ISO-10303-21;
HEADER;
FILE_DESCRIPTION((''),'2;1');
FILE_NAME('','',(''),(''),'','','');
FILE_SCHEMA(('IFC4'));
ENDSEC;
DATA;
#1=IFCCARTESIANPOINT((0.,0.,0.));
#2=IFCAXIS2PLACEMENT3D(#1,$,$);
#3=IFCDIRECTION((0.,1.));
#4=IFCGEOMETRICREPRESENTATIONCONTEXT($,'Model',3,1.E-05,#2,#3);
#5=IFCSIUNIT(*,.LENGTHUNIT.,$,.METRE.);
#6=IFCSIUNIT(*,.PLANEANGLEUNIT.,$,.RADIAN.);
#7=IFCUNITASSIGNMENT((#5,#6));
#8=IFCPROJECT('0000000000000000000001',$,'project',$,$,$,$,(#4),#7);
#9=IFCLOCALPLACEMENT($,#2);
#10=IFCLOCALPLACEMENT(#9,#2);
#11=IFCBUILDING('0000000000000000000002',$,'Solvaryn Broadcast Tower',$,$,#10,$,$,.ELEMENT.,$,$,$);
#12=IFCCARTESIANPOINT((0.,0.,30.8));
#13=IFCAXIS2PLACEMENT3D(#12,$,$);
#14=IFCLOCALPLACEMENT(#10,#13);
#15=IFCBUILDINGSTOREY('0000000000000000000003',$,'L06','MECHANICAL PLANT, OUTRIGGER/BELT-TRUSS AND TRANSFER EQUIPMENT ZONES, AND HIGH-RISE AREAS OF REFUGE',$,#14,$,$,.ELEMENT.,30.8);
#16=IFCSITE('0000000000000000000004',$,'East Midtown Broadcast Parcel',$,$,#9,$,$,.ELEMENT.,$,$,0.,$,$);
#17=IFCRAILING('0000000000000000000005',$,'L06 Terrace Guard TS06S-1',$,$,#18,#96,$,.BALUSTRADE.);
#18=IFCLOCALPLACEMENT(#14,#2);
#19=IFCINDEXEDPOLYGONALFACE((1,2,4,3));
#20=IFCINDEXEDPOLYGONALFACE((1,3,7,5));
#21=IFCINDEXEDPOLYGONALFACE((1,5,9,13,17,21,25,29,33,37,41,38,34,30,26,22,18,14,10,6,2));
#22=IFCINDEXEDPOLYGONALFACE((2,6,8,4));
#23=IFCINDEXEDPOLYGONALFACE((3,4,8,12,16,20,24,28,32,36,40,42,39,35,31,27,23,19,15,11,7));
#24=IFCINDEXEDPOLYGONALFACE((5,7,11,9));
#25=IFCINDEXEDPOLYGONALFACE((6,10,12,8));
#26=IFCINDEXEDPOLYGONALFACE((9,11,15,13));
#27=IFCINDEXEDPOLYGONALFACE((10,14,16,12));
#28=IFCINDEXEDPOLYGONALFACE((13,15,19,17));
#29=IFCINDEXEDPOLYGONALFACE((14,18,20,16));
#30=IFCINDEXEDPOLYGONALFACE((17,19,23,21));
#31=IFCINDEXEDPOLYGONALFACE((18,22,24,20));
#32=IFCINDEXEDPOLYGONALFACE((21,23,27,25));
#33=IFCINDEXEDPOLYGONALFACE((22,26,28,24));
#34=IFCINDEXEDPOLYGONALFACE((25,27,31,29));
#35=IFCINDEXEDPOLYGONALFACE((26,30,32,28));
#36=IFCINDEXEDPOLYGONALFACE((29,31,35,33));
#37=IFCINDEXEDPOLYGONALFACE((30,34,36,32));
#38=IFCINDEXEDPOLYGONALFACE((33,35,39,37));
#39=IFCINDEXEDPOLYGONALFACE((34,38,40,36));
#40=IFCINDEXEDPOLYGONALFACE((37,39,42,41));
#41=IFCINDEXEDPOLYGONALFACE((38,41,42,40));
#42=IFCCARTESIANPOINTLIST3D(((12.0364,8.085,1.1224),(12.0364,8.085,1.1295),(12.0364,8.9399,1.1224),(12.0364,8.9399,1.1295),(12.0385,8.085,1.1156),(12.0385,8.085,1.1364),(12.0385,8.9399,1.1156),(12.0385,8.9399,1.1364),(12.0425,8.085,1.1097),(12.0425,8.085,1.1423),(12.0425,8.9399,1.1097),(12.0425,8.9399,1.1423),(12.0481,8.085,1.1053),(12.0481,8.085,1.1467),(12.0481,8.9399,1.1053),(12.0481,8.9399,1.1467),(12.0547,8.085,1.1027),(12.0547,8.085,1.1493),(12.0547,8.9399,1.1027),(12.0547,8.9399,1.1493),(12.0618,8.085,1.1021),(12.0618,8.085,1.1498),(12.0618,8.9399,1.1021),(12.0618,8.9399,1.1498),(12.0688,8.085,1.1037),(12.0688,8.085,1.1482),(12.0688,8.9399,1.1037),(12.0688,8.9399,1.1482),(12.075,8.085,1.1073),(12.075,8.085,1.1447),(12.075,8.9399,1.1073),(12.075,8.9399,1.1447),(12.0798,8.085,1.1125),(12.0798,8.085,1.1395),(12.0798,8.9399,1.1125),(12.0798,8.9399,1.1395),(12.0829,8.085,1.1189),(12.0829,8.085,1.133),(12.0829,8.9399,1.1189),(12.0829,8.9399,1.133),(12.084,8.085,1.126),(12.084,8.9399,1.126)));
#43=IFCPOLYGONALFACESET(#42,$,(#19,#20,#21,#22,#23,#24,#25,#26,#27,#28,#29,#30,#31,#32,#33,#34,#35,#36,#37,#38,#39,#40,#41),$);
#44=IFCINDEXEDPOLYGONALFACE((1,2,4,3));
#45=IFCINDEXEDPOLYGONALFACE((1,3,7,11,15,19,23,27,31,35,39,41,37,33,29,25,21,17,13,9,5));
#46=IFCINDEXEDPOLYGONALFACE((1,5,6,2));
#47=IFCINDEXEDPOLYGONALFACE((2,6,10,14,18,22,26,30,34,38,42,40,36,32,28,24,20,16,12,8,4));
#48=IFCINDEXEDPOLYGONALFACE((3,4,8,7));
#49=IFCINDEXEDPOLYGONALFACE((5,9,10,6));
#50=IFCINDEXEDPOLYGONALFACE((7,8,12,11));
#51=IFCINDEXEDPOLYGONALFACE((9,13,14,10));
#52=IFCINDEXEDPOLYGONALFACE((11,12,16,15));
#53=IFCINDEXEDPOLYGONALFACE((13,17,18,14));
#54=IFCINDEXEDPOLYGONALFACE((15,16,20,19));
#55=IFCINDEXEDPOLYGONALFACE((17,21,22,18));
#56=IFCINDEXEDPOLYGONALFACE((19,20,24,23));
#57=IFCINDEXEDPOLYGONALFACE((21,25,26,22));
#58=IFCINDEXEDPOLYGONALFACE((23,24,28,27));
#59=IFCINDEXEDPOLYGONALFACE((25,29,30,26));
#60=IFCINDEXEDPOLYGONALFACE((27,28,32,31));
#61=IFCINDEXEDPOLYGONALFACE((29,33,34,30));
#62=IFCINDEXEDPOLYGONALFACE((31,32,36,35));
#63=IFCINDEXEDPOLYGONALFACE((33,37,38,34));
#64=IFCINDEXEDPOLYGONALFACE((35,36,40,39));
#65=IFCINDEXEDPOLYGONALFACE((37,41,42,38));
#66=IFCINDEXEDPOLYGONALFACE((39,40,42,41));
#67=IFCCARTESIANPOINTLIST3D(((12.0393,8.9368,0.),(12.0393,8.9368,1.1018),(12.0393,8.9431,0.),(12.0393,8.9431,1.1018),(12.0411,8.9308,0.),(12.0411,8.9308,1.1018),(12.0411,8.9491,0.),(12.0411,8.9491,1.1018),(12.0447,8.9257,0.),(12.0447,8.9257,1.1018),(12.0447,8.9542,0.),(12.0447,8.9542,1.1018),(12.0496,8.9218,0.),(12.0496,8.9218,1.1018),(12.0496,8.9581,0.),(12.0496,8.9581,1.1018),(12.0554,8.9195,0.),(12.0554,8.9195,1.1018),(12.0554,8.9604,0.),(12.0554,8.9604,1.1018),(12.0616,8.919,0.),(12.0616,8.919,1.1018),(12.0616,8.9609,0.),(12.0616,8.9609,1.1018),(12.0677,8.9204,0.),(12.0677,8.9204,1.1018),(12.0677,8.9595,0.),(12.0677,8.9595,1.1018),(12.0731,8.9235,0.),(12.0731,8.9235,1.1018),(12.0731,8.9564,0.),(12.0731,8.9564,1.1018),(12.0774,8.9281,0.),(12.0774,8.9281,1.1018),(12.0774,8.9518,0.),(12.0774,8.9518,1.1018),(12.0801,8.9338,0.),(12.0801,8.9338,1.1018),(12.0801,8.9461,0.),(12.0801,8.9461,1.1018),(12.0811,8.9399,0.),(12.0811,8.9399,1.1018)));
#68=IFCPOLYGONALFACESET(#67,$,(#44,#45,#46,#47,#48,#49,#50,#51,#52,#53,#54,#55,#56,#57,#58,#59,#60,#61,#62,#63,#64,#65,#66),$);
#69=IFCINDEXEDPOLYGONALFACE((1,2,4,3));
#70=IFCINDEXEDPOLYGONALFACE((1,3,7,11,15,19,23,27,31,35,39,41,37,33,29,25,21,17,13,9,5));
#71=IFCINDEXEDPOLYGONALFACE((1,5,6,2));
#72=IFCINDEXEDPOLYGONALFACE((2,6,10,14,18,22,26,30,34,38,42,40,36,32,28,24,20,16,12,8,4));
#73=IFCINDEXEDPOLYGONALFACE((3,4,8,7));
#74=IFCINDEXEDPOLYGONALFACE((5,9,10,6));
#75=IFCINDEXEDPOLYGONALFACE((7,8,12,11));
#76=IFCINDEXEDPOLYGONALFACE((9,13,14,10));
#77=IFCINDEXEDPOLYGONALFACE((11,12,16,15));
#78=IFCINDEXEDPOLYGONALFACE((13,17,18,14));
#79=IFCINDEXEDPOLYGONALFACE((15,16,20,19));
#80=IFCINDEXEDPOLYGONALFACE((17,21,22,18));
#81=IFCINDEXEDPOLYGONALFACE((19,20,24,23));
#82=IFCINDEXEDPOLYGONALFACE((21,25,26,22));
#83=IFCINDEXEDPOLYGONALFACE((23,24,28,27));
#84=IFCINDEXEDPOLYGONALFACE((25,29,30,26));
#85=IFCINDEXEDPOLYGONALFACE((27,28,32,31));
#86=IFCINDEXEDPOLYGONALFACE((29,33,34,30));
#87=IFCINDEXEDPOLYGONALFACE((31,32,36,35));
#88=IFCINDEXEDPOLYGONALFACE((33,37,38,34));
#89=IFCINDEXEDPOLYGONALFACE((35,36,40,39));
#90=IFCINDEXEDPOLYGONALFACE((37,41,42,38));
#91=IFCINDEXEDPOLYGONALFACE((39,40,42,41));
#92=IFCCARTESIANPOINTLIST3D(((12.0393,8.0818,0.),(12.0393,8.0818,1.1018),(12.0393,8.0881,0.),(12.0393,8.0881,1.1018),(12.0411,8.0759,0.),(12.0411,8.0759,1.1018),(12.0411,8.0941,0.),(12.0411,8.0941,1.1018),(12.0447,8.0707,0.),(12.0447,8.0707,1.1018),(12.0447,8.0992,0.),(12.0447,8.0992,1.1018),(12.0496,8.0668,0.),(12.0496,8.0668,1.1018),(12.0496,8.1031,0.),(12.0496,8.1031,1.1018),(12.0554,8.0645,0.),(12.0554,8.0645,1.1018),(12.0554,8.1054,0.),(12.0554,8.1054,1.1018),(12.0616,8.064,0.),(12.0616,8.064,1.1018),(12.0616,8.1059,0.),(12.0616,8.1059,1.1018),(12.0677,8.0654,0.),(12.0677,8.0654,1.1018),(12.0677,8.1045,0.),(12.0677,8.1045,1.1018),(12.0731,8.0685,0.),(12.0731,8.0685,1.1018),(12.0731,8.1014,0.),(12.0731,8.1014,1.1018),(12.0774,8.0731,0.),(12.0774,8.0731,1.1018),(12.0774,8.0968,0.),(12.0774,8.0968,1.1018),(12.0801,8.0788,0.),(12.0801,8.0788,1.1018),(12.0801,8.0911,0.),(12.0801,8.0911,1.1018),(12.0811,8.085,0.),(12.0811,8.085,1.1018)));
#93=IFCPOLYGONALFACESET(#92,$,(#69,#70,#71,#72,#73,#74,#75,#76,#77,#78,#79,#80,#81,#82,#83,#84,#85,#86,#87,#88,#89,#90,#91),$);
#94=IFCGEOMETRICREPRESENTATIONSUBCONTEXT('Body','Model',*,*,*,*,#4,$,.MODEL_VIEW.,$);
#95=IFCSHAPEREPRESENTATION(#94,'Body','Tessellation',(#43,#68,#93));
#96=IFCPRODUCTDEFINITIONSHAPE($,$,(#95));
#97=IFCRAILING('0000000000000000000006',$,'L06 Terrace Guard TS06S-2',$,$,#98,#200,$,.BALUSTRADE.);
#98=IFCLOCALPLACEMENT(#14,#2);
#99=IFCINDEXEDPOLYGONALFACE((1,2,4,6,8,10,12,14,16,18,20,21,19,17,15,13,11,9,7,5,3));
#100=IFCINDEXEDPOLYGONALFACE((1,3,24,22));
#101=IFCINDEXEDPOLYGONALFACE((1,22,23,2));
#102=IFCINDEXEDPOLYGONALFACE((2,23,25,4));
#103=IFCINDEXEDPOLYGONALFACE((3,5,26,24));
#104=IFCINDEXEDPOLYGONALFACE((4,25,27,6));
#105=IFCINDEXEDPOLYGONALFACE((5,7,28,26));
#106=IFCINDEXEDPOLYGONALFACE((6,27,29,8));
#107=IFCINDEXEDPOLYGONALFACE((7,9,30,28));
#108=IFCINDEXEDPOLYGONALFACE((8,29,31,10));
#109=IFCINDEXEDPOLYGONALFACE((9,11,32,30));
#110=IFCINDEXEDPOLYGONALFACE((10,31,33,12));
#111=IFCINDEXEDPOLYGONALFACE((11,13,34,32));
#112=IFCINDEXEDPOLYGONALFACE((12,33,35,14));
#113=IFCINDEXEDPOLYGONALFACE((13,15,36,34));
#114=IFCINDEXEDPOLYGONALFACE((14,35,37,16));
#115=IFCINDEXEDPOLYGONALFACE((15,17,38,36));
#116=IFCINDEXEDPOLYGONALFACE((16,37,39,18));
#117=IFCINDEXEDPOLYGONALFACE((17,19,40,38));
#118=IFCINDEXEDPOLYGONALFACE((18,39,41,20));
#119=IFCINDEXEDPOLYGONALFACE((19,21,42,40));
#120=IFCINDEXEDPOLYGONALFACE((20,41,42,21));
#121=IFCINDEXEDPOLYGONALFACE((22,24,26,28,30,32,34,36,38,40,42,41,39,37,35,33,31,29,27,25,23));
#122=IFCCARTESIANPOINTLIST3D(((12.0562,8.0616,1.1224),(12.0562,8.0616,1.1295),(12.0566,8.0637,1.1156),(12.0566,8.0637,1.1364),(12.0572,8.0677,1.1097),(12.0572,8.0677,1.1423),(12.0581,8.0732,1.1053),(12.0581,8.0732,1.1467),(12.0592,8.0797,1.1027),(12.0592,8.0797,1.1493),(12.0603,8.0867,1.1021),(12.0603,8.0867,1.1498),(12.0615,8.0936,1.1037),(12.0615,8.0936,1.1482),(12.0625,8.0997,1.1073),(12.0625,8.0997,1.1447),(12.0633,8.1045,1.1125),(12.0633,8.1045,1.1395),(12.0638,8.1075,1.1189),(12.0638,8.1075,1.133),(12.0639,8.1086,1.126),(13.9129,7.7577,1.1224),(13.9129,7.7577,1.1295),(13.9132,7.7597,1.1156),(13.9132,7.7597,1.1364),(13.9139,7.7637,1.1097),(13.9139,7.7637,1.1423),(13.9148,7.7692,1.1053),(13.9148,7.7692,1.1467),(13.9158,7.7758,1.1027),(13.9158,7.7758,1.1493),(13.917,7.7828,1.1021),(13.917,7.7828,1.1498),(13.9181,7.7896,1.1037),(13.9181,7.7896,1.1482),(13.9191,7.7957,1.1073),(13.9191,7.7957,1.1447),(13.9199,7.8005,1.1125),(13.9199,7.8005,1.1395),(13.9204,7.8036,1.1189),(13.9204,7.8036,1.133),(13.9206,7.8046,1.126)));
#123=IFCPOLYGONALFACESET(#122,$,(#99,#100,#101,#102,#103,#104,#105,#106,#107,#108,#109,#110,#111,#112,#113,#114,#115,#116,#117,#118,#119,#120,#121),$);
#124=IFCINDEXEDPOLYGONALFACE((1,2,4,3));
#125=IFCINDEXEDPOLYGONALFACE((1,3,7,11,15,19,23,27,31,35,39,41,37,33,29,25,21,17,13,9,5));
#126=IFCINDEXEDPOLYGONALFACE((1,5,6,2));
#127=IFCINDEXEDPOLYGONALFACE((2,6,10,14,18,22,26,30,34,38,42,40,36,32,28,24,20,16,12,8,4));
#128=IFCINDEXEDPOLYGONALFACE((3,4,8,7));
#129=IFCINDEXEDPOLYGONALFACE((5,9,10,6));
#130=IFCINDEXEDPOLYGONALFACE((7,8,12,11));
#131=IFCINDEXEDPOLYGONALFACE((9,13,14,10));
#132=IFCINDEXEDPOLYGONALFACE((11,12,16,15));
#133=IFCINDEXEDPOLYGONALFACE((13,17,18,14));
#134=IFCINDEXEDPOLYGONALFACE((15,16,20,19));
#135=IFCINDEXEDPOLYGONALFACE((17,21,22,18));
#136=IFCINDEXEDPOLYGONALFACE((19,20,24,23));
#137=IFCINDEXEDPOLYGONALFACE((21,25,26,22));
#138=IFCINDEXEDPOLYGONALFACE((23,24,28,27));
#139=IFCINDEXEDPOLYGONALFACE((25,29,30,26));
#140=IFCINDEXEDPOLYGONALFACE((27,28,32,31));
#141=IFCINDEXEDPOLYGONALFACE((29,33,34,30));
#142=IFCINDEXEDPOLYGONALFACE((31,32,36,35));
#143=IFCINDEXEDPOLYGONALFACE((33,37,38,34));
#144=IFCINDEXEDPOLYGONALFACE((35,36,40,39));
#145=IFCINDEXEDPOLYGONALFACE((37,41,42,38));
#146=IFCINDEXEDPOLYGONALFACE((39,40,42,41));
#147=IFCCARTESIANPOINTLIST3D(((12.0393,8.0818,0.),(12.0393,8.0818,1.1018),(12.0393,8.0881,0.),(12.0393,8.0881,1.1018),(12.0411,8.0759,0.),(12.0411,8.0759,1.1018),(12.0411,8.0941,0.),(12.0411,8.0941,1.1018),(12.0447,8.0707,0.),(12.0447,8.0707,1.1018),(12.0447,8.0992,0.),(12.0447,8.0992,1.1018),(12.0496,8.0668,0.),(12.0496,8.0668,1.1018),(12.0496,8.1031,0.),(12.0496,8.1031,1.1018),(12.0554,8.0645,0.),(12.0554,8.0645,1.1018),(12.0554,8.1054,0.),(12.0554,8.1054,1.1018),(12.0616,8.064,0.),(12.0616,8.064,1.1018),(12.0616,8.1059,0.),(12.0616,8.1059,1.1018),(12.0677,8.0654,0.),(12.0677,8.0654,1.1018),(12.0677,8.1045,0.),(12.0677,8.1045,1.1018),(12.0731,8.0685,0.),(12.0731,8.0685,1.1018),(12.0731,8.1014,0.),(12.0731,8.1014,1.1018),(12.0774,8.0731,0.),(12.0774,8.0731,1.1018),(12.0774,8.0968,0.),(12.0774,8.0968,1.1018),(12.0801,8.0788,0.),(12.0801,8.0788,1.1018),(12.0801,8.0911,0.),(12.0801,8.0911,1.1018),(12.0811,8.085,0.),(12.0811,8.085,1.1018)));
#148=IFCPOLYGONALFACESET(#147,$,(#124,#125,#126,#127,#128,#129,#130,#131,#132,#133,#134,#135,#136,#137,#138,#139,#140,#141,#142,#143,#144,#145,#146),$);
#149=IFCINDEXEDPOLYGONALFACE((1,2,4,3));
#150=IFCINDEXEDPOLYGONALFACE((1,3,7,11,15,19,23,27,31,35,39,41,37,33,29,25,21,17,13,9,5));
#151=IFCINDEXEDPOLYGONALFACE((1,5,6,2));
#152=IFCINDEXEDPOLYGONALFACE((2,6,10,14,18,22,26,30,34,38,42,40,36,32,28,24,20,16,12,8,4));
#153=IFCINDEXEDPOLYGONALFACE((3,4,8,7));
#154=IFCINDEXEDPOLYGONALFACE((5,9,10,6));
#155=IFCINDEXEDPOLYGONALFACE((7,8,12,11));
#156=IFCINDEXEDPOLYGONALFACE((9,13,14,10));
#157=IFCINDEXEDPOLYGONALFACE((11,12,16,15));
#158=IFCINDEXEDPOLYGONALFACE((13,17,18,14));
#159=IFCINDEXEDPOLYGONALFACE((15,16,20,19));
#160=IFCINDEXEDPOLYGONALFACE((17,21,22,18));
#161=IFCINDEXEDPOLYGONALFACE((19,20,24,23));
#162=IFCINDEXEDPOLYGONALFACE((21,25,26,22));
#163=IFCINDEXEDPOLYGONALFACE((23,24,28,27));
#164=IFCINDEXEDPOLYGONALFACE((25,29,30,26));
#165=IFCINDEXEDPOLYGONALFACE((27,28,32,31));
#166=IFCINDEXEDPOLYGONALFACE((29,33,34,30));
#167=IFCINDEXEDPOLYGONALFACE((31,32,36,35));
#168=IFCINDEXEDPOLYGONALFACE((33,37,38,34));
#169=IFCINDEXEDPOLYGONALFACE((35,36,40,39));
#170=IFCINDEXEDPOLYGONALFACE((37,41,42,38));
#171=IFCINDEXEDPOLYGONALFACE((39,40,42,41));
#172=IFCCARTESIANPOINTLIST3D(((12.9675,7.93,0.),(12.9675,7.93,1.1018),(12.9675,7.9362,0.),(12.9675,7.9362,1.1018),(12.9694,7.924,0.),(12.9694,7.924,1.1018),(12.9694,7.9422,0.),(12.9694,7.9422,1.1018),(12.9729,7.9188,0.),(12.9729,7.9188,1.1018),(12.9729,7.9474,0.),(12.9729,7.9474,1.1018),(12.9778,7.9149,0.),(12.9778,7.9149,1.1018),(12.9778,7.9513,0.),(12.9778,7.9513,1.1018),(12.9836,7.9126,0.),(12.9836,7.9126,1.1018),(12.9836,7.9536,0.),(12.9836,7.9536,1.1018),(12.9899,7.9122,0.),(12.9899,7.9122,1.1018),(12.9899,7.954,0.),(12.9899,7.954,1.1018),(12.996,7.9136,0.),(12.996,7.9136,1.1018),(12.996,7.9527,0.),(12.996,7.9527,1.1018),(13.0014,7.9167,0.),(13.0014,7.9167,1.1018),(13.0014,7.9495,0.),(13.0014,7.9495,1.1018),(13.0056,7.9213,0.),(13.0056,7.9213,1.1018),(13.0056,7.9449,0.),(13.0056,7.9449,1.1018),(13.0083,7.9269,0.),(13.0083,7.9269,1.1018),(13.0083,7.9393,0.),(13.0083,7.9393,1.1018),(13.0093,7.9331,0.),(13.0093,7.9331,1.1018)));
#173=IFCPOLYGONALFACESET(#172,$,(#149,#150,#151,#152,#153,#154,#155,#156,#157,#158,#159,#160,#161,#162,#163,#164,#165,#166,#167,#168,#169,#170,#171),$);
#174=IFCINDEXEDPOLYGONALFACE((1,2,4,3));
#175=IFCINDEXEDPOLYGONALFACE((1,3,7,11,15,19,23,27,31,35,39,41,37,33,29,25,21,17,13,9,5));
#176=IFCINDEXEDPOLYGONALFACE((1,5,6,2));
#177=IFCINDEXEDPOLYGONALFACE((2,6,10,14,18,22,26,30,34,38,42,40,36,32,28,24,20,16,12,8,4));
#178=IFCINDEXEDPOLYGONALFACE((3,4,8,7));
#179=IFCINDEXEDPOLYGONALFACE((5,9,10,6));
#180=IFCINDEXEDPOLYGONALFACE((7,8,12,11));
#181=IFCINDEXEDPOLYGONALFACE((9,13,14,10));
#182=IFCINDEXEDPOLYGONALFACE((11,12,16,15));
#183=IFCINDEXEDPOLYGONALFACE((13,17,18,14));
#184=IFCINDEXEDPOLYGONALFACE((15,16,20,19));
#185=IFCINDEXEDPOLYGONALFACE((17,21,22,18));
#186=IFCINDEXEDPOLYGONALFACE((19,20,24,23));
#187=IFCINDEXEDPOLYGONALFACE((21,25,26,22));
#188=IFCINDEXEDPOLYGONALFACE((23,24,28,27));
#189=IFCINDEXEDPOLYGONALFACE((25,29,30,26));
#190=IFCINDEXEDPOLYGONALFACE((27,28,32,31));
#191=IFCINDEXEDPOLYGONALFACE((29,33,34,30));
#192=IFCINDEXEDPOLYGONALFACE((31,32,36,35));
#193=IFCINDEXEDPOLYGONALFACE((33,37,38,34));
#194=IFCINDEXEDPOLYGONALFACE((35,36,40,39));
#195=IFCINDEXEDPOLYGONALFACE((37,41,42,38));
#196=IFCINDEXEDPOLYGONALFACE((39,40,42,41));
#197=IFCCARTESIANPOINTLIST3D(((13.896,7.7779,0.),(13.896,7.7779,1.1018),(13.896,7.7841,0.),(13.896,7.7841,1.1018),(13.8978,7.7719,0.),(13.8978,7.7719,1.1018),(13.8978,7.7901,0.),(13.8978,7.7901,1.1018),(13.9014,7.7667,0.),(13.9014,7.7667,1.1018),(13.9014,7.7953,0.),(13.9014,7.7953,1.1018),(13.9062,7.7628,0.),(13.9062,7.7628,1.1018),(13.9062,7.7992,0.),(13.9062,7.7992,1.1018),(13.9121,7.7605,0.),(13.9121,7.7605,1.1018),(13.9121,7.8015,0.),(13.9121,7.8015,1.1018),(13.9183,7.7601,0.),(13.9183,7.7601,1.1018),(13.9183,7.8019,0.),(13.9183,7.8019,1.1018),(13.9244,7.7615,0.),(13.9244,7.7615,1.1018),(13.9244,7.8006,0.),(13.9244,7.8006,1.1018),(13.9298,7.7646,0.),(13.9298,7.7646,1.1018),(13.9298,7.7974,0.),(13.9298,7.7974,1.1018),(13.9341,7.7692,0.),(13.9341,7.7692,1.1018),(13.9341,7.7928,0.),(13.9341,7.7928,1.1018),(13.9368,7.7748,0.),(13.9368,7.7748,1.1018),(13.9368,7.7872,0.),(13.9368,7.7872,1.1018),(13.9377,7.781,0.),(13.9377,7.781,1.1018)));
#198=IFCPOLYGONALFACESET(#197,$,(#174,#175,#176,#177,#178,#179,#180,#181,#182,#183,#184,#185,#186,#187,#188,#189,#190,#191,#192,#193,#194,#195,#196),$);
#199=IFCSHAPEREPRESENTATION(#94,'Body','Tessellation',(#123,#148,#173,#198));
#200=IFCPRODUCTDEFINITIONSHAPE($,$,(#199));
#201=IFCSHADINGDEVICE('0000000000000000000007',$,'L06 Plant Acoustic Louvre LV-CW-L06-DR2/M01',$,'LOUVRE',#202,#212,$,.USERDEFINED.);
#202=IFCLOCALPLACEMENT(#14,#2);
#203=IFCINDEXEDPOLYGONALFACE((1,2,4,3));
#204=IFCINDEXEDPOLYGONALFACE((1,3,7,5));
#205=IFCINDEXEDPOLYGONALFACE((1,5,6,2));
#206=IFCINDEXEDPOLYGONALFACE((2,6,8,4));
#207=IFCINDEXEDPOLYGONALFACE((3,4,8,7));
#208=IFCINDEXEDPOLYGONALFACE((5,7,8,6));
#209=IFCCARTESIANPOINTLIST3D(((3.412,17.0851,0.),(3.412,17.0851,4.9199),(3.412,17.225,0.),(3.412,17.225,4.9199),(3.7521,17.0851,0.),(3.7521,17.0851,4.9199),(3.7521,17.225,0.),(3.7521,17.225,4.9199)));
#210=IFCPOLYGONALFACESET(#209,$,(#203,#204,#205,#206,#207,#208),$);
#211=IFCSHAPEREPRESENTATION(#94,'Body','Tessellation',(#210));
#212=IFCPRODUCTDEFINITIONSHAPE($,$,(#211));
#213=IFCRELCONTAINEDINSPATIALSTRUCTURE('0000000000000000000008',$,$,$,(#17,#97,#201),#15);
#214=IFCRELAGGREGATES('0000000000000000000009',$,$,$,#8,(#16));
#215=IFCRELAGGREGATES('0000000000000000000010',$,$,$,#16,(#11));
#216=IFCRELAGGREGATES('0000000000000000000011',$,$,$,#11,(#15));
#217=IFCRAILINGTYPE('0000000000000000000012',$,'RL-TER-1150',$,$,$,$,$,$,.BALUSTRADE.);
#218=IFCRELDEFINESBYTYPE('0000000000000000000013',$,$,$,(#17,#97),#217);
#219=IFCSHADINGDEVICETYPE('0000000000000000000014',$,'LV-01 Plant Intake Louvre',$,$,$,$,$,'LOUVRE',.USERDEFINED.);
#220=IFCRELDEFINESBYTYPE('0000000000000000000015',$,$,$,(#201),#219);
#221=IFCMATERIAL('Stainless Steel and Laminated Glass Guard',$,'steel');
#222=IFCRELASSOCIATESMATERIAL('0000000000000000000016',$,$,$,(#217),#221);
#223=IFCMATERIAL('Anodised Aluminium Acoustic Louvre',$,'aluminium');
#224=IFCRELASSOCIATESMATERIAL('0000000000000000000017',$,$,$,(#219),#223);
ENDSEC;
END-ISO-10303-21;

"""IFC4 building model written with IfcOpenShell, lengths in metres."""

from ifc_helpers import new_model, si_unit, direction, frame, origin, origin_2d, place, context, subcontext, project, spatial, rectangle, circle, extrude, material, type_object, element, save


model = new_model("IFC4")

# Units and contexts
model_context = context("Model", 3, precision=1e-05, world=origin(), true_north=direction((0.0, 1.0)))
body_context = subcontext(model_context, "Body", "Model", "MODEL_VIEW")
ifc_project = project(units=[si_unit("LENGTHUNIT", "METRE"), si_unit("PLANEANGLEUNIT", "RADIAN")], contexts=[model_context])

# Site, building, storey
site_placement = place(None, origin())
site = spatial("IfcSite", under=ifc_project, at=site_placement, Name="East Midtown Broadcast Parcel", CompositionType="ELEMENT", RefElevation=0.0)
building_placement = place(site_placement, origin())
building = spatial("IfcBuilding", under=site, at=building_placement, Name="Solvaryn Broadcast Tower", CompositionType="ELEMENT")
storey_placement = place(building_placement, frame((0.0, 0.0, 30.8)))
storey = spatial("IfcBuildingStorey", under=building, at=storey_placement, Name="L06", Description="MECHANICAL PLANT, OUTRIGGER/BELT-TRUSS AND TRANSFER EQUIPMENT ZONES, AND HIGH-RISE AREAS OF REFUGE", CompositionType="ELEMENT", Elevation=30.8)

# Railings
ifc_material_1 = material(Name="Stainless Steel and Laminated Glass Guard", Category="steel")
railing_type = type_object("IfcRailingType", Name="RL-TER-1150", PredefinedType="BALUSTRADE", material=ifc_material_1)
railing_1_placement = place(storey_placement, frame((12.0601, 8.9399, 0.0)))
element("IfcRailing", 1, at=railing_1_placement, inside=storey, type_object=railing_type, Name="L06 Terrace Guard TS06S-1", PredefinedType="BALUSTRADE", context=body_context, shape_type="SweptSolid", body=[
    extrude(circle(Radius=0.0239, at=origin_2d()), frame((0.0, 0.0, 1.126), z_axis=(0.0, -1.0, 0.0), x_axis=(1.0, 0.0, 0.0)), (0.0, 0.0, 1.0), 0.855),
    extrude(circle(Radius=0.021, at=origin_2d()), origin(), (0.0, 0.0, 1.0), 1.1018),
    extrude(circle(Radius=0.021, at=origin_2d()), frame((0.0, -0.855, 0.0)), (0.0, 0.0, 1.0), 1.1018),
])
railing_2_placement = place(storey_placement, frame((12.0601, 8.085, 0.0)))
element("IfcRailing", 2, at=railing_2_placement, inside=storey, type_object=railing_type, Name="L06 Terrace Guard TS06S-2", PredefinedType="BALUSTRADE", context=body_context, shape_type="SweptSolid", body=[
    extrude(circle(Radius=0.0239, at=origin_2d()), frame((0.0, 0.0, 1.126), z_axis=(0.986863, -0.161558, 0.0), x_axis=(0.161558, 0.986863, 0.0)), (0.0, 0.0, 1.0), 1.8813),
    extrude(circle(Radius=0.021, at=origin_2d()), origin(), (0.0, 0.0, 1.0), 1.1018),
    extrude(circle(Radius=0.021, at=origin_2d()), frame((0.9282, -0.1519, 0.0)), (0.0, 0.0, 1.0), 1.1018),
    extrude(circle(Radius=0.021, at=origin_2d()), frame((1.8567, -0.304, 0.0)), (0.0, 0.0, 1.0), 1.1018),
])

# Shading device
ifc_material_2 = material(Name="Anodised Aluminium Acoustic Louvre", Category="aluminium")
shading_device_type = type_object("IfcShadingDeviceType", Name="LV-01 Plant Intake Louvre", ElementType="LOUVRE", PredefinedType="USERDEFINED", material=ifc_material_2)
for number, where, z_axis, x_axis, name in (
    (3, (3.582, 17.155, 0.0), (0.0, 0.0, 1.0), (1.0, 0.0, 0.0), "L06 Plant Acoustic Louvre LV-CW-L06-DR2/M01"),
):
    element("IfcShadingDevice", number, at=place(storey_placement, frame(where, z_axis=z_axis, x_axis=x_axis)), inside=storey, type_object=shading_device_type, Name=name, ObjectType="LOUVRE", PredefinedType="USERDEFINED", context=body_context, shape_type="SweptSolid", body=[
        extrude(rectangle(XDim=0.3401, YDim=0.1399, at=origin_2d()), origin(), (0.0, 0.0, 1.0), 4.9199),
    ])

save(model, "model.ifc")
